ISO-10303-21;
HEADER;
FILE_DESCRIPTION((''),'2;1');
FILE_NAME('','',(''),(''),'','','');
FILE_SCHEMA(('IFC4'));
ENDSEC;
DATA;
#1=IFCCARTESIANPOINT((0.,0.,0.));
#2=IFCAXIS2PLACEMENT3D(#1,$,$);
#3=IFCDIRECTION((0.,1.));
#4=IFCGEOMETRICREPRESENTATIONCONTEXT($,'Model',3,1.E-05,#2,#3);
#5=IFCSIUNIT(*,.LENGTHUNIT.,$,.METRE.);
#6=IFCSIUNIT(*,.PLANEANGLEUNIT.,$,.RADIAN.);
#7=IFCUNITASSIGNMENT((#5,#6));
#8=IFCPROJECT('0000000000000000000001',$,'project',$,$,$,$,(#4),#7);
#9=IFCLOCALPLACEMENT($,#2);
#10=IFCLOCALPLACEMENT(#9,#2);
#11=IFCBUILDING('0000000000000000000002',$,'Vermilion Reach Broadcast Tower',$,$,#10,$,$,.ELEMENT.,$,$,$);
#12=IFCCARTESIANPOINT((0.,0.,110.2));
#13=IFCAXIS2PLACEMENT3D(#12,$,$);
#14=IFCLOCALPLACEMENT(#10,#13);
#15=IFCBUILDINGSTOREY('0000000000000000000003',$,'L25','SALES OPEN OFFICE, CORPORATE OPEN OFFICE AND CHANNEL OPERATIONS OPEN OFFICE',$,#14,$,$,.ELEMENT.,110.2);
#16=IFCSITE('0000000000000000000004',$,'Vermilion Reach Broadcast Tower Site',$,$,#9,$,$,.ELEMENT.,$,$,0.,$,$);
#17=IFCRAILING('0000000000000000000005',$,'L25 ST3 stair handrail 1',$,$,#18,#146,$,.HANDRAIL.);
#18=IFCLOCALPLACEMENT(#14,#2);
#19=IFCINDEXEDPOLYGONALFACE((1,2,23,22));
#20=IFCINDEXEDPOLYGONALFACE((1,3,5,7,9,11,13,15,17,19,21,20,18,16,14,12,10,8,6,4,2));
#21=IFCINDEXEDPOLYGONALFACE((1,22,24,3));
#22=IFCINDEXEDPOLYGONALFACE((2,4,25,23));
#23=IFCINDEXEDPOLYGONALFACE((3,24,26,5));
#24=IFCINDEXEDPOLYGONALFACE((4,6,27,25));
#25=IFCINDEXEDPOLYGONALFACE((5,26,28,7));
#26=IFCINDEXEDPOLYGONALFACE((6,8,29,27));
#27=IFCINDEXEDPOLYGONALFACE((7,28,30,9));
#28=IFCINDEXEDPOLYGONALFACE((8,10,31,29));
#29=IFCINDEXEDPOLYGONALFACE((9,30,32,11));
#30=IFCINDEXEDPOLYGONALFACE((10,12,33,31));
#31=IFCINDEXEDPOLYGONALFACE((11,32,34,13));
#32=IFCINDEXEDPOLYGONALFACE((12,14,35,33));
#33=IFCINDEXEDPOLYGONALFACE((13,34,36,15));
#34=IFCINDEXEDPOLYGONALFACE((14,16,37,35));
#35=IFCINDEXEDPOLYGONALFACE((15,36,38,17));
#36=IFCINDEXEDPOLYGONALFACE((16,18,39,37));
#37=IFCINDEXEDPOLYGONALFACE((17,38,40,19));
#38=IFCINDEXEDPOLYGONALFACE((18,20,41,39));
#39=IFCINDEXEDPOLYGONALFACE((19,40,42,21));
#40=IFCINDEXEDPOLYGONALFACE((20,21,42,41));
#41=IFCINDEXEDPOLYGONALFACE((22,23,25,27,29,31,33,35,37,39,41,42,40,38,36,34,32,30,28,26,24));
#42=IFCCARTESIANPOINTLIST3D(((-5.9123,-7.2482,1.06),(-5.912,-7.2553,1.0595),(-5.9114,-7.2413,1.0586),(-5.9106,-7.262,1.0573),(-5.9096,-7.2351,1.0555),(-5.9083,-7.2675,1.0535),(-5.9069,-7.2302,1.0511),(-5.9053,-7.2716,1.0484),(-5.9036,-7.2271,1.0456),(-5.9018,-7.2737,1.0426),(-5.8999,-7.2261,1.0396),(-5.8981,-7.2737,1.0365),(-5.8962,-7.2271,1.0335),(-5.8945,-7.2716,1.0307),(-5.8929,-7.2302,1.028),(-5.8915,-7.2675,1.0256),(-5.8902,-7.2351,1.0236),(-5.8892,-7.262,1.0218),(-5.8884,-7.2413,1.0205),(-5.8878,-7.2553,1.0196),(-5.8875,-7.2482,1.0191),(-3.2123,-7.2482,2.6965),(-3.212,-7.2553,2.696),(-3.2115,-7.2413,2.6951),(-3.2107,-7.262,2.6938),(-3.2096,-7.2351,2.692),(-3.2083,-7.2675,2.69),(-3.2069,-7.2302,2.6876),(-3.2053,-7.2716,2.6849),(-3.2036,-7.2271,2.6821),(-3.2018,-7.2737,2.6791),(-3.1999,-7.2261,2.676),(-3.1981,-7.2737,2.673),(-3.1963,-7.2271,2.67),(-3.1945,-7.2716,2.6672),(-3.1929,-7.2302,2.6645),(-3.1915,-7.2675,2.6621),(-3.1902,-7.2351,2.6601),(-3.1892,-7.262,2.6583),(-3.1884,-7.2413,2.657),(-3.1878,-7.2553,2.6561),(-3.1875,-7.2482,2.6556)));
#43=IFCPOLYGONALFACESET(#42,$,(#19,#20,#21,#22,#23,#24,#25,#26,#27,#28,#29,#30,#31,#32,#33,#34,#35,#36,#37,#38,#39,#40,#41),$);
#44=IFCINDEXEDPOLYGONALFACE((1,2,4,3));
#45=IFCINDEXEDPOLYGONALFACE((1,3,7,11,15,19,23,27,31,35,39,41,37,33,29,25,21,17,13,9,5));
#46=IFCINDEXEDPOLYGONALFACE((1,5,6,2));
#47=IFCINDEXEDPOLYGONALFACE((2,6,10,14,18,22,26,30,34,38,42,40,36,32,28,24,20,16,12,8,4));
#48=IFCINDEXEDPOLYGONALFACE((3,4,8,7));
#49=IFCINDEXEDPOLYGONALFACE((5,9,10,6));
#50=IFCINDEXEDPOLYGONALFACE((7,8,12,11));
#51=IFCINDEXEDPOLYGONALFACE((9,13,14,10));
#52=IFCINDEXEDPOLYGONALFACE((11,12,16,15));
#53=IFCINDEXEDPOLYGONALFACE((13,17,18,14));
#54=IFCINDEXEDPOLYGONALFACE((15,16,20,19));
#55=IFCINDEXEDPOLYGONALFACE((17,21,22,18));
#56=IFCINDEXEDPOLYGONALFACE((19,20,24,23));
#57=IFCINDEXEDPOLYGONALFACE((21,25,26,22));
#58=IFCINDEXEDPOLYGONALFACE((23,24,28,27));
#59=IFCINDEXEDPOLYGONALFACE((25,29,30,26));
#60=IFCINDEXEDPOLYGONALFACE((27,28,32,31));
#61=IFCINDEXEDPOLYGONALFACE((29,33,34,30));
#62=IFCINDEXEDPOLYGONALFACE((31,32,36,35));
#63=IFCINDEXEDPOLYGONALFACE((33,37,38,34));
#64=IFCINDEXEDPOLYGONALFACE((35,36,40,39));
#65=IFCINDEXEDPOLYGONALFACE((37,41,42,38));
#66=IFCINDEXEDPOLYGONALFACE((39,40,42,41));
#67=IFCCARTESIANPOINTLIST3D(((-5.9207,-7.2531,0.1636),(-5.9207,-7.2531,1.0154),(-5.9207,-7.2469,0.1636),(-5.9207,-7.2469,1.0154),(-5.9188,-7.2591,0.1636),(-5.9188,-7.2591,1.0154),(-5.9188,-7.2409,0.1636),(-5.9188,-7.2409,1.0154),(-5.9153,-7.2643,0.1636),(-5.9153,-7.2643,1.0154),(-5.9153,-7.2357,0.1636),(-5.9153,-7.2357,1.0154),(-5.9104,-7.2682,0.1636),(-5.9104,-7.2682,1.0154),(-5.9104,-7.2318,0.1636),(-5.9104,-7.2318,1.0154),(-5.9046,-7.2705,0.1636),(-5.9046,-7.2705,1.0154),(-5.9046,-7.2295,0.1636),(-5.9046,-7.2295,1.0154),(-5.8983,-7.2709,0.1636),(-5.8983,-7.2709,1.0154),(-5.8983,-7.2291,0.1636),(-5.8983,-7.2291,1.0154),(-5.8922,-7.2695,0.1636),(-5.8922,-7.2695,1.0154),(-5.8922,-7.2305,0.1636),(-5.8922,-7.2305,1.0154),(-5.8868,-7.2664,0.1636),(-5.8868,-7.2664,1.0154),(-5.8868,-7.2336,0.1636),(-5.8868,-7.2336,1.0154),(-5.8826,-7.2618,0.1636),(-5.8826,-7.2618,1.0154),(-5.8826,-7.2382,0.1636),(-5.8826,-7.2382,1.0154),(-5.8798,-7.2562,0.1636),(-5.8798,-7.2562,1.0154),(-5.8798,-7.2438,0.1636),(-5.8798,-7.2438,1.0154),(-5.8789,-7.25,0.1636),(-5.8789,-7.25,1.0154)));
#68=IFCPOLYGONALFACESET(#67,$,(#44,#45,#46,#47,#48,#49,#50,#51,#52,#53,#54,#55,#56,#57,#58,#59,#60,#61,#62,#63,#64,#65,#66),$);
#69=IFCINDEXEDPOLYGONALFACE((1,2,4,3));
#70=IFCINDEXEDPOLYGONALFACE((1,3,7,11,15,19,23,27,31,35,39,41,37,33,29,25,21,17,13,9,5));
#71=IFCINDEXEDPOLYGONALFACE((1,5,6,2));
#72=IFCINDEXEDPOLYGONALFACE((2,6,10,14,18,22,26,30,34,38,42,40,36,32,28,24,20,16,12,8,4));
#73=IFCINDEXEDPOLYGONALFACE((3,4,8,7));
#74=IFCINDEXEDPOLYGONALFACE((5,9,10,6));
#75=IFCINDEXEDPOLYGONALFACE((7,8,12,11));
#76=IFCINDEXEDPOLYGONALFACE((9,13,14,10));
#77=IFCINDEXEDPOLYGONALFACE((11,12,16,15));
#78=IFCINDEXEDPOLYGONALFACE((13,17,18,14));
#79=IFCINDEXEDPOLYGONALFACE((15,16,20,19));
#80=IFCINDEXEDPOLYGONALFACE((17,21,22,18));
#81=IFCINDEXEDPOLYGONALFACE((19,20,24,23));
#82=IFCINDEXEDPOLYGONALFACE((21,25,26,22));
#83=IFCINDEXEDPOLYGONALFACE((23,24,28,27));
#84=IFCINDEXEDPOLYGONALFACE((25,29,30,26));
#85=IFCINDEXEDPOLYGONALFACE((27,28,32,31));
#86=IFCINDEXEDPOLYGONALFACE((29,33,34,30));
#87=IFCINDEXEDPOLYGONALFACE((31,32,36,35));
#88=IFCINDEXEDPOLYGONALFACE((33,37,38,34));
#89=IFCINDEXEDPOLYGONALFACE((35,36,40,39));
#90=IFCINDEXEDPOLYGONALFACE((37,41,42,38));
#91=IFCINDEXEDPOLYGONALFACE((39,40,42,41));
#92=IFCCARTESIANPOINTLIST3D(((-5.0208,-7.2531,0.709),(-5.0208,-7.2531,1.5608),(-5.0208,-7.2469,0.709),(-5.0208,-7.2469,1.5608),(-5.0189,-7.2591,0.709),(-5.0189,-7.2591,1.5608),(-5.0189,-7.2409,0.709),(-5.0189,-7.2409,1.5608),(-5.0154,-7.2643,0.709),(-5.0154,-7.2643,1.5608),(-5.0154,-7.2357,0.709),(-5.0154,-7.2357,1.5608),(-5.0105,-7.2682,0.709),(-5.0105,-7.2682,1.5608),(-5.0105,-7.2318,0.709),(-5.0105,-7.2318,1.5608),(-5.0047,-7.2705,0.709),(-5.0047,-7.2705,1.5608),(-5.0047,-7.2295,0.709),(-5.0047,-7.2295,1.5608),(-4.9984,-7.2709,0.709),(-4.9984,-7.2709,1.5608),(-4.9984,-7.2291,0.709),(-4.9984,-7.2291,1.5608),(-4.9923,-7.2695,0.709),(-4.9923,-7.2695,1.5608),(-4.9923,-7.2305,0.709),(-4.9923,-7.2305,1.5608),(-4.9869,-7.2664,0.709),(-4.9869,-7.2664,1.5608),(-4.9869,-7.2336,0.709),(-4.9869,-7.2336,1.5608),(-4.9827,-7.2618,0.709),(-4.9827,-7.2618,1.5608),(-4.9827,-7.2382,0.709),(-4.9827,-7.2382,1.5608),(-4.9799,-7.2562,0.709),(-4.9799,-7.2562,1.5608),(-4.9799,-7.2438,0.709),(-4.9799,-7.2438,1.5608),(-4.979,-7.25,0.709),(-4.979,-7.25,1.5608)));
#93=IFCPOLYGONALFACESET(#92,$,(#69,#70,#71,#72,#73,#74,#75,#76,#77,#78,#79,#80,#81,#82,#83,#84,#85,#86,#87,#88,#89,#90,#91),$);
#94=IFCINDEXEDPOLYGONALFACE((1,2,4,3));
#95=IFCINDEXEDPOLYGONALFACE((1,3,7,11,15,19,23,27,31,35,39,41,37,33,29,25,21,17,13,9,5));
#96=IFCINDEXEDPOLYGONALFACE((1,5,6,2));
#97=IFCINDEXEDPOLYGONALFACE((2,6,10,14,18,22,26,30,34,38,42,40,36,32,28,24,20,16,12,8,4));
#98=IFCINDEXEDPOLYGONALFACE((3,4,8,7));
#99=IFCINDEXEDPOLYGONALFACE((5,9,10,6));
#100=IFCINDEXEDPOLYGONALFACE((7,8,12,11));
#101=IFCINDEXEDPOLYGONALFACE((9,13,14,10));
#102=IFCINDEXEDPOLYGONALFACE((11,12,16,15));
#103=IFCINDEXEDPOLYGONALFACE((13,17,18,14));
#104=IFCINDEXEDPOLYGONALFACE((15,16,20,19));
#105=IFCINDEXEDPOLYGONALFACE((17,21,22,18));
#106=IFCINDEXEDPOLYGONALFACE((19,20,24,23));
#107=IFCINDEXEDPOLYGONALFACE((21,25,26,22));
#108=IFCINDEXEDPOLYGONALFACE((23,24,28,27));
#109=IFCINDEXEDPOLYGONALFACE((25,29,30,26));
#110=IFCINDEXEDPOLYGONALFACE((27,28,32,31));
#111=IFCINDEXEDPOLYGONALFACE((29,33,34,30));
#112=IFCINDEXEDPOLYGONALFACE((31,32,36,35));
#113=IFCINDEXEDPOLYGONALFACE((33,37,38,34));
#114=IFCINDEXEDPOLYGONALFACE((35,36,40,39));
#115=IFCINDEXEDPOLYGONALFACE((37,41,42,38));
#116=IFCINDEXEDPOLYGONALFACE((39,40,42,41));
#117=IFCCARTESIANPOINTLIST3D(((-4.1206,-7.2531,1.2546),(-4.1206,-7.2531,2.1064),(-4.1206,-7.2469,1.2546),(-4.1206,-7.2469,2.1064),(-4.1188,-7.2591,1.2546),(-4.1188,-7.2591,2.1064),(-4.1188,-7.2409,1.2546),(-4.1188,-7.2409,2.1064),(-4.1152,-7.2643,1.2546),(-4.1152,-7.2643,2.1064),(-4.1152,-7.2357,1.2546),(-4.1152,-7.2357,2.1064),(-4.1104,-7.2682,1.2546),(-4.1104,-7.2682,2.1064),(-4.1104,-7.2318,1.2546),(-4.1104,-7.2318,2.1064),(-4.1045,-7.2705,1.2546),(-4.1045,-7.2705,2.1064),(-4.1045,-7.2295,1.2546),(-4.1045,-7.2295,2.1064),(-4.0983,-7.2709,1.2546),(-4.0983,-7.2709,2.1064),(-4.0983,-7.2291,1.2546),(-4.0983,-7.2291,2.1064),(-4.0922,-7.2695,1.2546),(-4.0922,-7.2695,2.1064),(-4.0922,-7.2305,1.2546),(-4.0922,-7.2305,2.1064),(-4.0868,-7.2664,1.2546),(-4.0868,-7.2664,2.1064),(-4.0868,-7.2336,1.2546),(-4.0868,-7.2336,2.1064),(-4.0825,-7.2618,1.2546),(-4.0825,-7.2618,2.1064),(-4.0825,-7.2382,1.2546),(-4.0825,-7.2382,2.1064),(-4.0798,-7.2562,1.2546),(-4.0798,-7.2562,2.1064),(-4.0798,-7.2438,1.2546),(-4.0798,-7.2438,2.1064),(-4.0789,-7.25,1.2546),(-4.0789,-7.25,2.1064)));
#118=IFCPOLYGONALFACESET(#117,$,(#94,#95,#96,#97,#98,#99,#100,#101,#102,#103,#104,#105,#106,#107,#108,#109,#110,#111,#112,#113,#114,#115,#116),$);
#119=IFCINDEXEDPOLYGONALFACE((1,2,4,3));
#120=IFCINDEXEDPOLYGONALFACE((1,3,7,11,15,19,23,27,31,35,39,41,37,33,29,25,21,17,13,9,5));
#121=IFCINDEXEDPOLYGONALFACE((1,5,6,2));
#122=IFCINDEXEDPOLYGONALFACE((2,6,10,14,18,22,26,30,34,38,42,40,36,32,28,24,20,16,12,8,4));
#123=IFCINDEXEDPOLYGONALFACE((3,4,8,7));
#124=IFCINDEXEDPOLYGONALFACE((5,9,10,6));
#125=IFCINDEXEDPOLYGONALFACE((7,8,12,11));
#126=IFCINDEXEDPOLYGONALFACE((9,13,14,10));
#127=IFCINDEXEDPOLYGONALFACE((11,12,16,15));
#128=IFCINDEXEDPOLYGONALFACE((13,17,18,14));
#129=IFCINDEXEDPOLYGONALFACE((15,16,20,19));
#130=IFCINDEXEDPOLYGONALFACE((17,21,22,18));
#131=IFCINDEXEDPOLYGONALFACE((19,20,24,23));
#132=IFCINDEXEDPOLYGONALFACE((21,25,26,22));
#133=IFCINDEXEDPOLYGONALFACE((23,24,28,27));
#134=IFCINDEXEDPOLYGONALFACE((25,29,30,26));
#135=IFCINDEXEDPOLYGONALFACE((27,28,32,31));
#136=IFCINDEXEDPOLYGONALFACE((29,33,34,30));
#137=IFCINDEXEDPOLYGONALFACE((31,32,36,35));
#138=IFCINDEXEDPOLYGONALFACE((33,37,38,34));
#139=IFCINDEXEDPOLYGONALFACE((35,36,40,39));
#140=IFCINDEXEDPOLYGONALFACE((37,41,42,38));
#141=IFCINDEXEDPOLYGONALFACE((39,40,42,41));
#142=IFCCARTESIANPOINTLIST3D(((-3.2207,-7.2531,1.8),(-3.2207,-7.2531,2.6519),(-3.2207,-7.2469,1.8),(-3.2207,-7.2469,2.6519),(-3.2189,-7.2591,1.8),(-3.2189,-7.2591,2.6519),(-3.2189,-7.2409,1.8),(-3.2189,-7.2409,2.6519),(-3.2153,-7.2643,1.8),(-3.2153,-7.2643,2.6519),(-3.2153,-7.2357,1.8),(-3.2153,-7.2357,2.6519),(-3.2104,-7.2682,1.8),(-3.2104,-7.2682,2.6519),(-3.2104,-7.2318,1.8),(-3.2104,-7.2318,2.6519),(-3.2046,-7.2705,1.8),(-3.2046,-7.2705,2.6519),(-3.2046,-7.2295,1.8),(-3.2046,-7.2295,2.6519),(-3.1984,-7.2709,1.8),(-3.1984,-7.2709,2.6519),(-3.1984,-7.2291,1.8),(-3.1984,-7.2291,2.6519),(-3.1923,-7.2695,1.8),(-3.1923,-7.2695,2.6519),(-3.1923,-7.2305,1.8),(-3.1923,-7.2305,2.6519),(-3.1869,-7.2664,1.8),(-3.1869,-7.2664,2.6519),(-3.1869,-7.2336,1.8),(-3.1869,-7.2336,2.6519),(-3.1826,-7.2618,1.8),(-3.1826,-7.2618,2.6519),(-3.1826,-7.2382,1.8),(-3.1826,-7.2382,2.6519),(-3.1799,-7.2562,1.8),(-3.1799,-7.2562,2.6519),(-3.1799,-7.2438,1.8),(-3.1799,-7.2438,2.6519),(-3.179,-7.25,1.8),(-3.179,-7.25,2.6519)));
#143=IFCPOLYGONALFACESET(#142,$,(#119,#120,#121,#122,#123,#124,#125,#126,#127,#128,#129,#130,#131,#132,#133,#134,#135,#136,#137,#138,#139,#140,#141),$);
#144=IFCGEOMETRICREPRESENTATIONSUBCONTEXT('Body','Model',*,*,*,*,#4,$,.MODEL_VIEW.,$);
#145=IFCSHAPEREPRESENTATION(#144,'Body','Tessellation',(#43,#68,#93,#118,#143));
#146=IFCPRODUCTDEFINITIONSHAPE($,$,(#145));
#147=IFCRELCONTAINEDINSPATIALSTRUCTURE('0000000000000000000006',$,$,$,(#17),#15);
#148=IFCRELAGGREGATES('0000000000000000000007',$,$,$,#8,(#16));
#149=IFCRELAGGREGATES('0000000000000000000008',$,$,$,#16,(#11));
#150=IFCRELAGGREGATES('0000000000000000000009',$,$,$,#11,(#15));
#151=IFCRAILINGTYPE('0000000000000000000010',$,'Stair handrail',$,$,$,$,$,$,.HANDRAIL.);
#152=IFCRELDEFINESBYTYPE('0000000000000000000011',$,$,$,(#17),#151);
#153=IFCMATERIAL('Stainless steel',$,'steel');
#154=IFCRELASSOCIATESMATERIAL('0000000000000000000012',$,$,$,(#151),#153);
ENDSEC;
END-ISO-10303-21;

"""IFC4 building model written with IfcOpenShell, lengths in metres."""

from ifc_helpers import new_model, si_unit, direction, frame, origin, origin_2d, place, context, subcontext, project, spatial, circle, extrude, material, type_object, element, save


model = new_model("IFC4")

# Units and contexts
model_context = context("Model", 3, precision=1e-05, world=origin(), true_north=direction((0.0, 1.0)))
body_context = subcontext(model_context, "Body", "Model", "MODEL_VIEW")
ifc_project = project(units=[si_unit("LENGTHUNIT", "METRE"), si_unit("PLANEANGLEUNIT", "RADIAN")], contexts=[model_context])

# Site, building, storey
site_placement = place(None, origin())
site = spatial("IfcSite", under=ifc_project, at=site_placement, Name="Vermilion Reach Broadcast Tower Site", CompositionType="ELEMENT", RefElevation=0.0)
building_placement = place(site_placement, origin())
building = spatial("IfcBuilding", under=site, at=building_placement, Name="Vermilion Reach Broadcast Tower", CompositionType="ELEMENT")
storey_placement = place(building_placement, frame((0.0, 0.0, 110.2)))
storey = spatial("IfcBuildingStorey", under=building, at=storey_placement, Name="L25", Description="SALES OPEN OFFICE, CORPORATE OPEN OFFICE AND CHANNEL OPERATIONS OPEN OFFICE", CompositionType="ELEMENT", Elevation=110.2)

# Railing
ifc_material_1 = material(Name="Stainless steel", Category="steel")
railing_type_1 = type_object("IfcRailingType", Name="Stair handrail", PredefinedType="HANDRAIL", material=ifc_material_1)
railing_1_placement = place(storey_placement, frame((-5.8999, -7.25, 0.1636)))
element("IfcRailing", 1, at=railing_1_placement, inside=storey, type_object=railing_type_1, Name="L25 ST3 stair handrail 1", PredefinedType="HANDRAIL", context=body_context, shape_type="SweptSolid", body=[
    extrude(circle(Radius=0.0239, at=origin_2d()), frame((0.0, 0.0, 0.876), z_axis=(0.855178, 0.0, 0.518334), x_axis=(0.0, 1.0, 0.0)), (0.0, 0.0, 1.0), 3.1572),
    extrude(circle(Radius=0.021, at=origin_2d()), origin(), (0.0, 0.0, 1.0), 0.8518),
    extrude(circle(Radius=0.021, at=origin_2d()), frame((0.8999, 0.0, 0.5454)), (0.0, 0.0, 1.0), 0.8518),
    extrude(circle(Radius=0.021, at=origin_2d()), frame((1.8, 0.0, 1.0911)), (0.0, 0.0, 1.0), 0.8518),
    extrude(circle(Radius=0.021, at=origin_2d()), frame((2.7, 0.0, 1.6365)), (0.0, 0.0, 1.0), 0.8518),
])

save(model, "model.ifc")
